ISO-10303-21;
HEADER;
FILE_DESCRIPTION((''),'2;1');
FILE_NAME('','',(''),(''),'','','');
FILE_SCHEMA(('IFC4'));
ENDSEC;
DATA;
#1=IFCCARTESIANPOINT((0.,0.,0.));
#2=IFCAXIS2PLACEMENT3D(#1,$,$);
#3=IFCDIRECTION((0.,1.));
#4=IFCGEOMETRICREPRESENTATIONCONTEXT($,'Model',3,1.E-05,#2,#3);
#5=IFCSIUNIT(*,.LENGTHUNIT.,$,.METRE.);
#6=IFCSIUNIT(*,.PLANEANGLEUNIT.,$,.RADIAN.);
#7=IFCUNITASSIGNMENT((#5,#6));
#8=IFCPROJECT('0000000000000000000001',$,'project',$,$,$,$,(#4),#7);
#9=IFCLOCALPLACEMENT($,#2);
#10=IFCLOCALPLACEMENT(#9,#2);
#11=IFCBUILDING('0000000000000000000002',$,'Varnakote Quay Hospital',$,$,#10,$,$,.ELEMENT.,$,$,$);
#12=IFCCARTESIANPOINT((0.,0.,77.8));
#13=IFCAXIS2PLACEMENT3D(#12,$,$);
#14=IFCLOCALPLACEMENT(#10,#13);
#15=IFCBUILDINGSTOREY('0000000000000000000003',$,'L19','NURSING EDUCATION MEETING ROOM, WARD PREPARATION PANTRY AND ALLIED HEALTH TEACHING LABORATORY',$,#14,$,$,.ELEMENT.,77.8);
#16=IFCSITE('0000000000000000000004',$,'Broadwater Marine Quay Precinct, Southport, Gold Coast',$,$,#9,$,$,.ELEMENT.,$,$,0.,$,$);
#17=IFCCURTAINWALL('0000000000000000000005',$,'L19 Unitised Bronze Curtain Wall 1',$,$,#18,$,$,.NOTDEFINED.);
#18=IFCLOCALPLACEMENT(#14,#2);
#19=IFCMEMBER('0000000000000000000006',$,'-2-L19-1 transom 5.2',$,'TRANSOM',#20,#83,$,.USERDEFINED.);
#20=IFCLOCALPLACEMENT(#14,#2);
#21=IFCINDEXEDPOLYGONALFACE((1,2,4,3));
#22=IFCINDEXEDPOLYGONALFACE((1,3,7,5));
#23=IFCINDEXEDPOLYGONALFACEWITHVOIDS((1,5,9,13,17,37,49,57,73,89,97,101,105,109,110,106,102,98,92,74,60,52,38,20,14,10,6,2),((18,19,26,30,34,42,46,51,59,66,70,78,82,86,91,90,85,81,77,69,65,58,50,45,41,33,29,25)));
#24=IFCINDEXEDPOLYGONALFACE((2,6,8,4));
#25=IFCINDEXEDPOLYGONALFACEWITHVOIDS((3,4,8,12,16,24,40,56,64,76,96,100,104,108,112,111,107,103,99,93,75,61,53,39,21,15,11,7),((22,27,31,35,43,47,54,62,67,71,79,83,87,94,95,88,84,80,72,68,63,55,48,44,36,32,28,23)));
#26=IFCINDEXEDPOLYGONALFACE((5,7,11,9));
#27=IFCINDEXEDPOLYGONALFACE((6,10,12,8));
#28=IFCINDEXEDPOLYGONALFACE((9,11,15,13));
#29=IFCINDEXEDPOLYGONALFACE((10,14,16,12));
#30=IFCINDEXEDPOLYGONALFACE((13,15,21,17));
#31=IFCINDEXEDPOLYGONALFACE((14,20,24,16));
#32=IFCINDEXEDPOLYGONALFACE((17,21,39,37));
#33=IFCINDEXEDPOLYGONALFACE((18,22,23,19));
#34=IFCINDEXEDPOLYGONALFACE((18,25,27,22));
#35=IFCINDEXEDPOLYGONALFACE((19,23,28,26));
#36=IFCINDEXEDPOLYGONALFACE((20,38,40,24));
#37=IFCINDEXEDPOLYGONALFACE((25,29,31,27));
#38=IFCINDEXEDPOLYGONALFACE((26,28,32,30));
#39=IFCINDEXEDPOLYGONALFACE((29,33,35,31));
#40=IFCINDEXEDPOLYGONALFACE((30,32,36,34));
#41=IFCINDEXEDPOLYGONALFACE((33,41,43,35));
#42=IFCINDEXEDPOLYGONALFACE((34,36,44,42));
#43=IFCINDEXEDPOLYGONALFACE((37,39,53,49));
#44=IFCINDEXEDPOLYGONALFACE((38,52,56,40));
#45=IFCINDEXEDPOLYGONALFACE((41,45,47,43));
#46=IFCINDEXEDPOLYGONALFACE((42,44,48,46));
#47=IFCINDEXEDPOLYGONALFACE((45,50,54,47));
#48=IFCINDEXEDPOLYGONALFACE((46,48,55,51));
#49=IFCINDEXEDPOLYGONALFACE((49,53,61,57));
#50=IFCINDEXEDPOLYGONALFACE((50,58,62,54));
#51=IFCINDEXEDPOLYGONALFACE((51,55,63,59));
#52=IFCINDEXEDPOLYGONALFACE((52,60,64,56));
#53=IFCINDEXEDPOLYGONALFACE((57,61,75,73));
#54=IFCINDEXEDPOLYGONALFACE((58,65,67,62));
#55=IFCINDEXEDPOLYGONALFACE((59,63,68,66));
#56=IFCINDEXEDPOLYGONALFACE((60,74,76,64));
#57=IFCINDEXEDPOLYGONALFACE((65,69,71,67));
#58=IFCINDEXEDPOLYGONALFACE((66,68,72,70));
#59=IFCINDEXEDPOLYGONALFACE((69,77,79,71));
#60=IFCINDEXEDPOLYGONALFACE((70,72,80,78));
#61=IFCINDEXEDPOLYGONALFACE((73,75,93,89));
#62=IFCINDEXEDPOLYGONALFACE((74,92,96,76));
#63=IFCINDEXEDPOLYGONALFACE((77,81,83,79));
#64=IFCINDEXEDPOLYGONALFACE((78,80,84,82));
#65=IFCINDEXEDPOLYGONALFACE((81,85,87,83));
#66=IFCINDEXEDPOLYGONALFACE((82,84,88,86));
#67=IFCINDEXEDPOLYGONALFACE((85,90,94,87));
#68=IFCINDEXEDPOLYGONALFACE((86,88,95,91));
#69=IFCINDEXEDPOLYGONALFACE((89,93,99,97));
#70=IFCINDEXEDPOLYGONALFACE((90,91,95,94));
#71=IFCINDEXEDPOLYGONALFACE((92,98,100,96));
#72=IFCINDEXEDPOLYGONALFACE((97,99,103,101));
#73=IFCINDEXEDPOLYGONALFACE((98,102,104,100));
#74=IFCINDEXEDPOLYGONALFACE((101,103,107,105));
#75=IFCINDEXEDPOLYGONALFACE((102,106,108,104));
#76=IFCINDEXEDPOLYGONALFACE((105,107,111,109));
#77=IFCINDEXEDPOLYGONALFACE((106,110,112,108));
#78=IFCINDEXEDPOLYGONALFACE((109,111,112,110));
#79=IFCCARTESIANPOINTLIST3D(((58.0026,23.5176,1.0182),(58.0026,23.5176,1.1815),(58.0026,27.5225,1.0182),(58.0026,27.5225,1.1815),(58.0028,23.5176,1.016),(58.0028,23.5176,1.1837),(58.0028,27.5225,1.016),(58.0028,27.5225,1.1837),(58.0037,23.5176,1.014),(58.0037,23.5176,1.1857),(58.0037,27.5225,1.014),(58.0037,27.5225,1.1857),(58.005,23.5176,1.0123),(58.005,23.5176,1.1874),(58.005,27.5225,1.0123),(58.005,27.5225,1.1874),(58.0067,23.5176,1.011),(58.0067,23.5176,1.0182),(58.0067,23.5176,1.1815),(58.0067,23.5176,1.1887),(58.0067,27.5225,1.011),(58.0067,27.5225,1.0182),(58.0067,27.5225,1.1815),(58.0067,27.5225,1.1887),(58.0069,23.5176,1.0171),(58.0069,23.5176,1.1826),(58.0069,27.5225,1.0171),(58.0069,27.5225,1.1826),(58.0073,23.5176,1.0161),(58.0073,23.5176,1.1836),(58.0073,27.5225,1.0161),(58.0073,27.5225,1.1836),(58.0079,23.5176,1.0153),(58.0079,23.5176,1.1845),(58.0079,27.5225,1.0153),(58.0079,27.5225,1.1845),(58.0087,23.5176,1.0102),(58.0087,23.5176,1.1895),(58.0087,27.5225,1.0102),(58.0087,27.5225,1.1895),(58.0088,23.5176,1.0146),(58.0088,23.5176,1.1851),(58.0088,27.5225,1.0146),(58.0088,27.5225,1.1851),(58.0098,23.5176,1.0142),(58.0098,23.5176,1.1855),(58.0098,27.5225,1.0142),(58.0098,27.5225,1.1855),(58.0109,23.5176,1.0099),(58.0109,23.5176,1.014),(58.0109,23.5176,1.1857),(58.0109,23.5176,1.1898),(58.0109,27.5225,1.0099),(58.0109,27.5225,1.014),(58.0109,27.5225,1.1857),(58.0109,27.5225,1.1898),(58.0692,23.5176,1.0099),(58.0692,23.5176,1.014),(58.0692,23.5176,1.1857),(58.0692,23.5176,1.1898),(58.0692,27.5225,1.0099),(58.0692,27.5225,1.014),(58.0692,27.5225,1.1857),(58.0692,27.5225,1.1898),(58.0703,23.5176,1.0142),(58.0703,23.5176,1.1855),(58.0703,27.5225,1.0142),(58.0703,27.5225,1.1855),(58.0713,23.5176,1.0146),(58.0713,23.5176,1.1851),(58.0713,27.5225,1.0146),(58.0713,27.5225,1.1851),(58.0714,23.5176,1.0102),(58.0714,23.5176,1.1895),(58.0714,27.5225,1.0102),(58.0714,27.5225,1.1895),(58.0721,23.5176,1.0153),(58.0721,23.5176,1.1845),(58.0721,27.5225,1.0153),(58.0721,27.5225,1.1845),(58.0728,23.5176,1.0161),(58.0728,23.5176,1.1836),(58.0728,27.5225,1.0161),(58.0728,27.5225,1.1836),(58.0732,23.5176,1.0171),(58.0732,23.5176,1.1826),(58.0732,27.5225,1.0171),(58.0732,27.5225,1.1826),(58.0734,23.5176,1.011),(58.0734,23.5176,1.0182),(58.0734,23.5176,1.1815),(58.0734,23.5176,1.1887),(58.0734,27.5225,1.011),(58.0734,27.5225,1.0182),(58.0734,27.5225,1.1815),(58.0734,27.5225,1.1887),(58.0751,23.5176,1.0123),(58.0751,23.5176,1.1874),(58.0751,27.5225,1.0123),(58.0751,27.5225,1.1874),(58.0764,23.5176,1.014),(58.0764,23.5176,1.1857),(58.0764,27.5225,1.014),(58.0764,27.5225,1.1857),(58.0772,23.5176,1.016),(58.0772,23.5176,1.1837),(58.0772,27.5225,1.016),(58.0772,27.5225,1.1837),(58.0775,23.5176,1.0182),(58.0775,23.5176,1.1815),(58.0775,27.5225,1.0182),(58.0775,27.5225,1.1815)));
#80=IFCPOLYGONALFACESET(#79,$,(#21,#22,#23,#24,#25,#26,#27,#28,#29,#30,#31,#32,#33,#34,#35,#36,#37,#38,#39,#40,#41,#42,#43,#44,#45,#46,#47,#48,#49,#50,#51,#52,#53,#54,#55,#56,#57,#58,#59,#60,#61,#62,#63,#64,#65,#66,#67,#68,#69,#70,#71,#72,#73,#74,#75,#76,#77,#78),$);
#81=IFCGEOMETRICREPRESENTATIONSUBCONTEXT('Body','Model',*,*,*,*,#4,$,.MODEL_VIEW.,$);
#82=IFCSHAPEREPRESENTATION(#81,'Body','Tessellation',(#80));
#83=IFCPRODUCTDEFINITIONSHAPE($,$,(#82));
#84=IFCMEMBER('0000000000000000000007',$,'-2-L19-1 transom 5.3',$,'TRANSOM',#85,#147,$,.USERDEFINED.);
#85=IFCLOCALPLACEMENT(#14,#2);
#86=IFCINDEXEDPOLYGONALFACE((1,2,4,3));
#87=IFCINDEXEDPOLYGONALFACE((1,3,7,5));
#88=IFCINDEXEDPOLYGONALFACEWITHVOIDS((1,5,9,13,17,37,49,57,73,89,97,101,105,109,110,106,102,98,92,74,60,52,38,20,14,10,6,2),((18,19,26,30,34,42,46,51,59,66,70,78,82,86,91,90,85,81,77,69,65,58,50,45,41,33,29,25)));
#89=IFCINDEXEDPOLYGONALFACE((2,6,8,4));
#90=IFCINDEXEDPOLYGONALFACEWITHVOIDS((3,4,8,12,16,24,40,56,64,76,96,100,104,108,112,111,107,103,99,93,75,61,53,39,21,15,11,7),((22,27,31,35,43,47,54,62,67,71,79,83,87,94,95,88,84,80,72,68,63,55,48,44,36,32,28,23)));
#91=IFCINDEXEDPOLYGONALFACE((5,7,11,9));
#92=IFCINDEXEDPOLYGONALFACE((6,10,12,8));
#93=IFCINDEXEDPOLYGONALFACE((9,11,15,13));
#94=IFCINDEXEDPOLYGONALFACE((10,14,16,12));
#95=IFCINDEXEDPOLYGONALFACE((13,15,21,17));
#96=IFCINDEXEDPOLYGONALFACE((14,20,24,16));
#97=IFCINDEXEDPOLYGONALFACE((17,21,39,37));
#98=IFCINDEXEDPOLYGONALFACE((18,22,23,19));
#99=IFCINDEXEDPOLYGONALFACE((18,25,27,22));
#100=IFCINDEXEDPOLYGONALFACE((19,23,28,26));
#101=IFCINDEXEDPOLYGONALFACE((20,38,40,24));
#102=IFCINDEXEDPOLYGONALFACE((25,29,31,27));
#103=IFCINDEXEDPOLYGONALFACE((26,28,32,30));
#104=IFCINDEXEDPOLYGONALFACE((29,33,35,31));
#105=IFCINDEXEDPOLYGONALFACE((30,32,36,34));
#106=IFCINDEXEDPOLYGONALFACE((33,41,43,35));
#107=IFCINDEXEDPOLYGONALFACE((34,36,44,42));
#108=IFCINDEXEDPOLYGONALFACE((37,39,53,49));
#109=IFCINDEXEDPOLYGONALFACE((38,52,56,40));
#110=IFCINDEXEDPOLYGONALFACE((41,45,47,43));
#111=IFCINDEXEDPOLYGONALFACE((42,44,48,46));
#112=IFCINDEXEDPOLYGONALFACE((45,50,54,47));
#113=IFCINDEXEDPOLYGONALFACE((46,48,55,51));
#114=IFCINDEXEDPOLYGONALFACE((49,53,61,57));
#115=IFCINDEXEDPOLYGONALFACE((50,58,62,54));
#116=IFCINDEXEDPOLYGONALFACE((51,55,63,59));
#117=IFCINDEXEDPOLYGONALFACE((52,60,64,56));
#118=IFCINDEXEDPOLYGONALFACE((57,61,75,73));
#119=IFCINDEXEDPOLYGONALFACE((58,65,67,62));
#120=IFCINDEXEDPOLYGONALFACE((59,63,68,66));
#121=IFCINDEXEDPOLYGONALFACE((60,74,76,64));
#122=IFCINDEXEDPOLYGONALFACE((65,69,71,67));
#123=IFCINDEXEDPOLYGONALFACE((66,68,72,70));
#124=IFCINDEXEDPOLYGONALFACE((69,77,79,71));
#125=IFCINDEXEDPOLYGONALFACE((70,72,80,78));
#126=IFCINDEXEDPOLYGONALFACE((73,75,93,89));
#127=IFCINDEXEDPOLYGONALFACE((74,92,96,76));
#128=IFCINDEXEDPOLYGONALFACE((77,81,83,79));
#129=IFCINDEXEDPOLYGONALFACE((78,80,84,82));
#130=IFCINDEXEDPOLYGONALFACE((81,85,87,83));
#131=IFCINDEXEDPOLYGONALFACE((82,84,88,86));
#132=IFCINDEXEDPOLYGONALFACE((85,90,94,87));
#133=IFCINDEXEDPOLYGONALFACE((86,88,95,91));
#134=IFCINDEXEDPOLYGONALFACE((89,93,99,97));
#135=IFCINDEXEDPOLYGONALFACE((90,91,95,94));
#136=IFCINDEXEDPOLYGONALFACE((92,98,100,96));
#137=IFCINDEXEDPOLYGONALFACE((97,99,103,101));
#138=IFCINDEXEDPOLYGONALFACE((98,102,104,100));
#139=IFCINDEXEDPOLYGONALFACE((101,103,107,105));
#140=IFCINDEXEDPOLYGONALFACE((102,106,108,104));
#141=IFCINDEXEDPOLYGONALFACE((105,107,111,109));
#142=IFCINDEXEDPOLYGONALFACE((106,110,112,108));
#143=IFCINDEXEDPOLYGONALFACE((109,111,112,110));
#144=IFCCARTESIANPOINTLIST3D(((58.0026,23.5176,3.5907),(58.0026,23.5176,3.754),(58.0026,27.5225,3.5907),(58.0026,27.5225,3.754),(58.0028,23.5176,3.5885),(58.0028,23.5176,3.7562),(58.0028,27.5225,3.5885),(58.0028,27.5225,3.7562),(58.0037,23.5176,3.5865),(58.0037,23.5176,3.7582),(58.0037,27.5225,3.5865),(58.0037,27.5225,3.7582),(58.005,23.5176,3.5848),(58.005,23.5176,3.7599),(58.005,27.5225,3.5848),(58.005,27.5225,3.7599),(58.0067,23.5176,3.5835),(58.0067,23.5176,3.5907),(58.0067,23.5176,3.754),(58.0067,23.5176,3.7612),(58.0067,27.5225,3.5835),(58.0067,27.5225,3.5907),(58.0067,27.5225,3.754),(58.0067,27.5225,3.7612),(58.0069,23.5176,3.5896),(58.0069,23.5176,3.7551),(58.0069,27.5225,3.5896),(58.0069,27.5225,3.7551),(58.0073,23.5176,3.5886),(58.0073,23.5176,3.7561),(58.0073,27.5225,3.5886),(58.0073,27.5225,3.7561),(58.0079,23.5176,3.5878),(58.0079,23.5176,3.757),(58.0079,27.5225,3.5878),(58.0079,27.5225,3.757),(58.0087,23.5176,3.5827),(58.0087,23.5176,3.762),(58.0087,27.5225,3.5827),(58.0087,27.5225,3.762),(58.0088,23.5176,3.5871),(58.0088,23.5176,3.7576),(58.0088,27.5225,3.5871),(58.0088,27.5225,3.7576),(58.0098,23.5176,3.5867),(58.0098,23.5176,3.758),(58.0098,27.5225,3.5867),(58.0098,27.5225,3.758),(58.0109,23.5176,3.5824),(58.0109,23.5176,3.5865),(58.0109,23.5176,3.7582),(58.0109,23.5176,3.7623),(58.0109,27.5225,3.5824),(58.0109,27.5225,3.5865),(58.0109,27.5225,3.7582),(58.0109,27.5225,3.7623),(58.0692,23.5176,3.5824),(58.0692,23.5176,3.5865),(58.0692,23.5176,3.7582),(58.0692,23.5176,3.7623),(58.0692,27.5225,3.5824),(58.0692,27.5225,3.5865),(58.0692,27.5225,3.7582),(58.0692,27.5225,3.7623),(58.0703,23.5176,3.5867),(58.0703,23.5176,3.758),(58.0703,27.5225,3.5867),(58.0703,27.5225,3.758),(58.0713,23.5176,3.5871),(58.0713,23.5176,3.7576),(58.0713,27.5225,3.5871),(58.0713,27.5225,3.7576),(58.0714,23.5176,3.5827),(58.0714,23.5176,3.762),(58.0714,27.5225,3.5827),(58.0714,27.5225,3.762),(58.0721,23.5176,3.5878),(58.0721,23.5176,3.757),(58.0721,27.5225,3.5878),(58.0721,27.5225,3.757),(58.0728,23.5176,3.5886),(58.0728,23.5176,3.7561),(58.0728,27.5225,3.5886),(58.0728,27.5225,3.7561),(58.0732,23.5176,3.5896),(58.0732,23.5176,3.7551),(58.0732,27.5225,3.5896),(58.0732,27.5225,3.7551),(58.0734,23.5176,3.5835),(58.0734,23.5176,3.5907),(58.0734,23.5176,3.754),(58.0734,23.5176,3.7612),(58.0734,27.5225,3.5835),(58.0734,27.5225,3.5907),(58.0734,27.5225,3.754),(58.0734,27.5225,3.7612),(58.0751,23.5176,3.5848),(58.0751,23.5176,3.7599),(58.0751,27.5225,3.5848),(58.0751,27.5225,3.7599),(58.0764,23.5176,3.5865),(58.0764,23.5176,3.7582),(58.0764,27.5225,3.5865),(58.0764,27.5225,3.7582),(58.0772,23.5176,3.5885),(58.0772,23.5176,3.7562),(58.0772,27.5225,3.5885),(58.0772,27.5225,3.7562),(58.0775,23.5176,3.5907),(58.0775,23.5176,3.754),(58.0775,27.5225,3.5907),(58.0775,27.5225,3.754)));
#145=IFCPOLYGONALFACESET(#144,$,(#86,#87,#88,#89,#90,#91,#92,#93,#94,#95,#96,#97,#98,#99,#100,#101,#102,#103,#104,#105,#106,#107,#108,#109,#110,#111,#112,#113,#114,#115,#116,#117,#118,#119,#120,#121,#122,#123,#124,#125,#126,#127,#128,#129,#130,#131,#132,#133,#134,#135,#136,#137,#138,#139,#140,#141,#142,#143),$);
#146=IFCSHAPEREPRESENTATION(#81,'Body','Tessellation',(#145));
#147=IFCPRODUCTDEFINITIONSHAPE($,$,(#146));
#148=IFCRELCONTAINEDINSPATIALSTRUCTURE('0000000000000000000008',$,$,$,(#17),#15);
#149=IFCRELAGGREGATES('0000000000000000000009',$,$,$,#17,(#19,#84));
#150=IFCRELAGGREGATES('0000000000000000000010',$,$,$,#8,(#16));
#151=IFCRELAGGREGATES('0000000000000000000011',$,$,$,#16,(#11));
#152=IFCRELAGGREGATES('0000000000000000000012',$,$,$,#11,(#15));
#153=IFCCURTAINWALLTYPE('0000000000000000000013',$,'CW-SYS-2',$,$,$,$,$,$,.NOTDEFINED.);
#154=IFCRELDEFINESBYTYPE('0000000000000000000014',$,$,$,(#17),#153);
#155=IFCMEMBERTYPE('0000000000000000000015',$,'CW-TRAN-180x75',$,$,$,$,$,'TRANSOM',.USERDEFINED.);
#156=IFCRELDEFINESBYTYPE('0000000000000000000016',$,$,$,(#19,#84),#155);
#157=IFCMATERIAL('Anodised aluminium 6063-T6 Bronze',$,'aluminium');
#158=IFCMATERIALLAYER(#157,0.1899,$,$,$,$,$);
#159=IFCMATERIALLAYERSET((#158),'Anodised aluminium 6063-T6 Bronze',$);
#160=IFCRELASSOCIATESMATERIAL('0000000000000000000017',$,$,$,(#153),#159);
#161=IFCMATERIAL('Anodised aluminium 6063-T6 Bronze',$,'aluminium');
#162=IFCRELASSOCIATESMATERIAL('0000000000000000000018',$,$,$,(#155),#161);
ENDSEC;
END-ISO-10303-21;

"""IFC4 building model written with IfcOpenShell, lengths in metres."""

from ifc_helpers import new_model, si_unit, direction, frame, origin, origin_2d, place, context, subcontext, project, spatial, hollow_rectangle, extrude, material, layer, layer_set, material_profile, profile_set, type_object, element, aggregate, save


model = new_model("IFC4")

# Units and contexts
model_context = context("Model", 3, precision=1e-05, world=origin(), true_north=direction((0.0, 1.0)))
body_context = subcontext(model_context, "Body", "Model", "MODEL_VIEW")
ifc_project = project(units=[si_unit("LENGTHUNIT", "METRE"), si_unit("PLANEANGLEUNIT", "RADIAN")], contexts=[model_context])

# Site, building, storey
site_placement = place(None, origin())
site = spatial("IfcSite", under=ifc_project, at=site_placement, Name="Broadwater Marine Quay Precinct, Southport, Gold Coast", CompositionType="ELEMENT", RefElevation=0.0)
building_placement = place(site_placement, origin())
building = spatial("IfcBuilding", under=site, at=building_placement, Name="Varnakote Quay Hospital", CompositionType="ELEMENT")
storey_placement = place(building_placement, frame((0.0, 0.0, 77.8)))
storey = spatial("IfcBuildingStorey", under=building, at=storey_placement, Name="L19", Description="NURSING EDUCATION MEETING ROOM, WARD PREPARATION PANTRY AND ALLIED HEALTH TEACHING LABORATORY", CompositionType="ELEMENT", Elevation=77.8)

# Curtain wall, members
ifc_material_1 = material(Name="Anodised aluminium 6063-T6 Bronze", Category="aluminium")
ifc_layer_1 = layer(ifc_material_1, 0.1899)
ifc_layer_set_1 = layer_set([ifc_layer_1], Name="Anodised aluminium 6063-T6 Bronze")
curtain_wall_type = type_object("IfcCurtainWallType", Name="CW-SYS-2", PredefinedType="NOTDEFINED", material=ifc_layer_set_1)
curtain_wall_placement = place(storey_placement, origin())
curtain_wall = element("IfcCurtainWall", 1, at=curtain_wall_placement, inside=storey, type_object=curtain_wall_type, Name="L19 Unitised Bronze Curtain Wall 1", PredefinedType="NOTDEFINED")
ifc_material_2 = material(Name="Anodised aluminium 6063-T6 Bronze", Category="aluminium")
ifc_material_profile_1 = material_profile(ifc_material_2, hollow_rectangle(XDim=0.075, YDim=0.1799, WallThickness=0.0042, InnerFilletRadius=0.0042, OuterFilletRadius=0.0083, at=origin_2d()), Name="CW-TRAN-180x75")
ifc_profile_set_1 = profile_set([ifc_material_profile_1], Name="Anodised aluminium 6063-T6 Bronze")
member_type_1 = type_object("IfcMemberType", Name="CW-TRAN-180x75", ElementType="TRANSOM", PredefinedType="USERDEFINED", material=ifc_profile_set_1)
member_1_placement = place(storey_placement, frame((58.04, 23.5176, 1.0999), z_axis=(0.0, 1.0, 0.0), x_axis=(-1.0, 0.0, 0.0)))
member_1 = element("IfcMember", 2, at=member_1_placement, type_object=member_type_1, Name="-2-L19-1 transom 5.2", ObjectType="TRANSOM", PredefinedType="USERDEFINED", context=body_context, shape_type="SweptSolid", body=[
    extrude(hollow_rectangle(XDim=0.075, YDim=0.1799, WallThickness=0.0042, InnerFilletRadius=0.0042, OuterFilletRadius=0.0083, at=origin_2d()), origin(), (0.0, 0.0, 1.0), 4.0049),
])
member_2_placement = place(storey_placement, frame((58.04, 23.5176, 3.6724), z_axis=(0.0, 1.0, 0.0), x_axis=(-1.0, 0.0, 0.0)))
member_2 = element("IfcMember", 3, at=member_2_placement, type_object=member_type_1, Name="-2-L19-1 transom 5.3", ObjectType="TRANSOM", PredefinedType="USERDEFINED", context=body_context, shape_type="SweptSolid", body=[
    extrude(hollow_rectangle(XDim=0.075, YDim=0.1799, WallThickness=0.0042, InnerFilletRadius=0.0042, OuterFilletRadius=0.0083, at=origin_2d()), origin(), (0.0, 0.0, 1.0), 4.0049),
])
aggregate(curtain_wall, [member_1, member_2])

save(model, "model.ifc")
